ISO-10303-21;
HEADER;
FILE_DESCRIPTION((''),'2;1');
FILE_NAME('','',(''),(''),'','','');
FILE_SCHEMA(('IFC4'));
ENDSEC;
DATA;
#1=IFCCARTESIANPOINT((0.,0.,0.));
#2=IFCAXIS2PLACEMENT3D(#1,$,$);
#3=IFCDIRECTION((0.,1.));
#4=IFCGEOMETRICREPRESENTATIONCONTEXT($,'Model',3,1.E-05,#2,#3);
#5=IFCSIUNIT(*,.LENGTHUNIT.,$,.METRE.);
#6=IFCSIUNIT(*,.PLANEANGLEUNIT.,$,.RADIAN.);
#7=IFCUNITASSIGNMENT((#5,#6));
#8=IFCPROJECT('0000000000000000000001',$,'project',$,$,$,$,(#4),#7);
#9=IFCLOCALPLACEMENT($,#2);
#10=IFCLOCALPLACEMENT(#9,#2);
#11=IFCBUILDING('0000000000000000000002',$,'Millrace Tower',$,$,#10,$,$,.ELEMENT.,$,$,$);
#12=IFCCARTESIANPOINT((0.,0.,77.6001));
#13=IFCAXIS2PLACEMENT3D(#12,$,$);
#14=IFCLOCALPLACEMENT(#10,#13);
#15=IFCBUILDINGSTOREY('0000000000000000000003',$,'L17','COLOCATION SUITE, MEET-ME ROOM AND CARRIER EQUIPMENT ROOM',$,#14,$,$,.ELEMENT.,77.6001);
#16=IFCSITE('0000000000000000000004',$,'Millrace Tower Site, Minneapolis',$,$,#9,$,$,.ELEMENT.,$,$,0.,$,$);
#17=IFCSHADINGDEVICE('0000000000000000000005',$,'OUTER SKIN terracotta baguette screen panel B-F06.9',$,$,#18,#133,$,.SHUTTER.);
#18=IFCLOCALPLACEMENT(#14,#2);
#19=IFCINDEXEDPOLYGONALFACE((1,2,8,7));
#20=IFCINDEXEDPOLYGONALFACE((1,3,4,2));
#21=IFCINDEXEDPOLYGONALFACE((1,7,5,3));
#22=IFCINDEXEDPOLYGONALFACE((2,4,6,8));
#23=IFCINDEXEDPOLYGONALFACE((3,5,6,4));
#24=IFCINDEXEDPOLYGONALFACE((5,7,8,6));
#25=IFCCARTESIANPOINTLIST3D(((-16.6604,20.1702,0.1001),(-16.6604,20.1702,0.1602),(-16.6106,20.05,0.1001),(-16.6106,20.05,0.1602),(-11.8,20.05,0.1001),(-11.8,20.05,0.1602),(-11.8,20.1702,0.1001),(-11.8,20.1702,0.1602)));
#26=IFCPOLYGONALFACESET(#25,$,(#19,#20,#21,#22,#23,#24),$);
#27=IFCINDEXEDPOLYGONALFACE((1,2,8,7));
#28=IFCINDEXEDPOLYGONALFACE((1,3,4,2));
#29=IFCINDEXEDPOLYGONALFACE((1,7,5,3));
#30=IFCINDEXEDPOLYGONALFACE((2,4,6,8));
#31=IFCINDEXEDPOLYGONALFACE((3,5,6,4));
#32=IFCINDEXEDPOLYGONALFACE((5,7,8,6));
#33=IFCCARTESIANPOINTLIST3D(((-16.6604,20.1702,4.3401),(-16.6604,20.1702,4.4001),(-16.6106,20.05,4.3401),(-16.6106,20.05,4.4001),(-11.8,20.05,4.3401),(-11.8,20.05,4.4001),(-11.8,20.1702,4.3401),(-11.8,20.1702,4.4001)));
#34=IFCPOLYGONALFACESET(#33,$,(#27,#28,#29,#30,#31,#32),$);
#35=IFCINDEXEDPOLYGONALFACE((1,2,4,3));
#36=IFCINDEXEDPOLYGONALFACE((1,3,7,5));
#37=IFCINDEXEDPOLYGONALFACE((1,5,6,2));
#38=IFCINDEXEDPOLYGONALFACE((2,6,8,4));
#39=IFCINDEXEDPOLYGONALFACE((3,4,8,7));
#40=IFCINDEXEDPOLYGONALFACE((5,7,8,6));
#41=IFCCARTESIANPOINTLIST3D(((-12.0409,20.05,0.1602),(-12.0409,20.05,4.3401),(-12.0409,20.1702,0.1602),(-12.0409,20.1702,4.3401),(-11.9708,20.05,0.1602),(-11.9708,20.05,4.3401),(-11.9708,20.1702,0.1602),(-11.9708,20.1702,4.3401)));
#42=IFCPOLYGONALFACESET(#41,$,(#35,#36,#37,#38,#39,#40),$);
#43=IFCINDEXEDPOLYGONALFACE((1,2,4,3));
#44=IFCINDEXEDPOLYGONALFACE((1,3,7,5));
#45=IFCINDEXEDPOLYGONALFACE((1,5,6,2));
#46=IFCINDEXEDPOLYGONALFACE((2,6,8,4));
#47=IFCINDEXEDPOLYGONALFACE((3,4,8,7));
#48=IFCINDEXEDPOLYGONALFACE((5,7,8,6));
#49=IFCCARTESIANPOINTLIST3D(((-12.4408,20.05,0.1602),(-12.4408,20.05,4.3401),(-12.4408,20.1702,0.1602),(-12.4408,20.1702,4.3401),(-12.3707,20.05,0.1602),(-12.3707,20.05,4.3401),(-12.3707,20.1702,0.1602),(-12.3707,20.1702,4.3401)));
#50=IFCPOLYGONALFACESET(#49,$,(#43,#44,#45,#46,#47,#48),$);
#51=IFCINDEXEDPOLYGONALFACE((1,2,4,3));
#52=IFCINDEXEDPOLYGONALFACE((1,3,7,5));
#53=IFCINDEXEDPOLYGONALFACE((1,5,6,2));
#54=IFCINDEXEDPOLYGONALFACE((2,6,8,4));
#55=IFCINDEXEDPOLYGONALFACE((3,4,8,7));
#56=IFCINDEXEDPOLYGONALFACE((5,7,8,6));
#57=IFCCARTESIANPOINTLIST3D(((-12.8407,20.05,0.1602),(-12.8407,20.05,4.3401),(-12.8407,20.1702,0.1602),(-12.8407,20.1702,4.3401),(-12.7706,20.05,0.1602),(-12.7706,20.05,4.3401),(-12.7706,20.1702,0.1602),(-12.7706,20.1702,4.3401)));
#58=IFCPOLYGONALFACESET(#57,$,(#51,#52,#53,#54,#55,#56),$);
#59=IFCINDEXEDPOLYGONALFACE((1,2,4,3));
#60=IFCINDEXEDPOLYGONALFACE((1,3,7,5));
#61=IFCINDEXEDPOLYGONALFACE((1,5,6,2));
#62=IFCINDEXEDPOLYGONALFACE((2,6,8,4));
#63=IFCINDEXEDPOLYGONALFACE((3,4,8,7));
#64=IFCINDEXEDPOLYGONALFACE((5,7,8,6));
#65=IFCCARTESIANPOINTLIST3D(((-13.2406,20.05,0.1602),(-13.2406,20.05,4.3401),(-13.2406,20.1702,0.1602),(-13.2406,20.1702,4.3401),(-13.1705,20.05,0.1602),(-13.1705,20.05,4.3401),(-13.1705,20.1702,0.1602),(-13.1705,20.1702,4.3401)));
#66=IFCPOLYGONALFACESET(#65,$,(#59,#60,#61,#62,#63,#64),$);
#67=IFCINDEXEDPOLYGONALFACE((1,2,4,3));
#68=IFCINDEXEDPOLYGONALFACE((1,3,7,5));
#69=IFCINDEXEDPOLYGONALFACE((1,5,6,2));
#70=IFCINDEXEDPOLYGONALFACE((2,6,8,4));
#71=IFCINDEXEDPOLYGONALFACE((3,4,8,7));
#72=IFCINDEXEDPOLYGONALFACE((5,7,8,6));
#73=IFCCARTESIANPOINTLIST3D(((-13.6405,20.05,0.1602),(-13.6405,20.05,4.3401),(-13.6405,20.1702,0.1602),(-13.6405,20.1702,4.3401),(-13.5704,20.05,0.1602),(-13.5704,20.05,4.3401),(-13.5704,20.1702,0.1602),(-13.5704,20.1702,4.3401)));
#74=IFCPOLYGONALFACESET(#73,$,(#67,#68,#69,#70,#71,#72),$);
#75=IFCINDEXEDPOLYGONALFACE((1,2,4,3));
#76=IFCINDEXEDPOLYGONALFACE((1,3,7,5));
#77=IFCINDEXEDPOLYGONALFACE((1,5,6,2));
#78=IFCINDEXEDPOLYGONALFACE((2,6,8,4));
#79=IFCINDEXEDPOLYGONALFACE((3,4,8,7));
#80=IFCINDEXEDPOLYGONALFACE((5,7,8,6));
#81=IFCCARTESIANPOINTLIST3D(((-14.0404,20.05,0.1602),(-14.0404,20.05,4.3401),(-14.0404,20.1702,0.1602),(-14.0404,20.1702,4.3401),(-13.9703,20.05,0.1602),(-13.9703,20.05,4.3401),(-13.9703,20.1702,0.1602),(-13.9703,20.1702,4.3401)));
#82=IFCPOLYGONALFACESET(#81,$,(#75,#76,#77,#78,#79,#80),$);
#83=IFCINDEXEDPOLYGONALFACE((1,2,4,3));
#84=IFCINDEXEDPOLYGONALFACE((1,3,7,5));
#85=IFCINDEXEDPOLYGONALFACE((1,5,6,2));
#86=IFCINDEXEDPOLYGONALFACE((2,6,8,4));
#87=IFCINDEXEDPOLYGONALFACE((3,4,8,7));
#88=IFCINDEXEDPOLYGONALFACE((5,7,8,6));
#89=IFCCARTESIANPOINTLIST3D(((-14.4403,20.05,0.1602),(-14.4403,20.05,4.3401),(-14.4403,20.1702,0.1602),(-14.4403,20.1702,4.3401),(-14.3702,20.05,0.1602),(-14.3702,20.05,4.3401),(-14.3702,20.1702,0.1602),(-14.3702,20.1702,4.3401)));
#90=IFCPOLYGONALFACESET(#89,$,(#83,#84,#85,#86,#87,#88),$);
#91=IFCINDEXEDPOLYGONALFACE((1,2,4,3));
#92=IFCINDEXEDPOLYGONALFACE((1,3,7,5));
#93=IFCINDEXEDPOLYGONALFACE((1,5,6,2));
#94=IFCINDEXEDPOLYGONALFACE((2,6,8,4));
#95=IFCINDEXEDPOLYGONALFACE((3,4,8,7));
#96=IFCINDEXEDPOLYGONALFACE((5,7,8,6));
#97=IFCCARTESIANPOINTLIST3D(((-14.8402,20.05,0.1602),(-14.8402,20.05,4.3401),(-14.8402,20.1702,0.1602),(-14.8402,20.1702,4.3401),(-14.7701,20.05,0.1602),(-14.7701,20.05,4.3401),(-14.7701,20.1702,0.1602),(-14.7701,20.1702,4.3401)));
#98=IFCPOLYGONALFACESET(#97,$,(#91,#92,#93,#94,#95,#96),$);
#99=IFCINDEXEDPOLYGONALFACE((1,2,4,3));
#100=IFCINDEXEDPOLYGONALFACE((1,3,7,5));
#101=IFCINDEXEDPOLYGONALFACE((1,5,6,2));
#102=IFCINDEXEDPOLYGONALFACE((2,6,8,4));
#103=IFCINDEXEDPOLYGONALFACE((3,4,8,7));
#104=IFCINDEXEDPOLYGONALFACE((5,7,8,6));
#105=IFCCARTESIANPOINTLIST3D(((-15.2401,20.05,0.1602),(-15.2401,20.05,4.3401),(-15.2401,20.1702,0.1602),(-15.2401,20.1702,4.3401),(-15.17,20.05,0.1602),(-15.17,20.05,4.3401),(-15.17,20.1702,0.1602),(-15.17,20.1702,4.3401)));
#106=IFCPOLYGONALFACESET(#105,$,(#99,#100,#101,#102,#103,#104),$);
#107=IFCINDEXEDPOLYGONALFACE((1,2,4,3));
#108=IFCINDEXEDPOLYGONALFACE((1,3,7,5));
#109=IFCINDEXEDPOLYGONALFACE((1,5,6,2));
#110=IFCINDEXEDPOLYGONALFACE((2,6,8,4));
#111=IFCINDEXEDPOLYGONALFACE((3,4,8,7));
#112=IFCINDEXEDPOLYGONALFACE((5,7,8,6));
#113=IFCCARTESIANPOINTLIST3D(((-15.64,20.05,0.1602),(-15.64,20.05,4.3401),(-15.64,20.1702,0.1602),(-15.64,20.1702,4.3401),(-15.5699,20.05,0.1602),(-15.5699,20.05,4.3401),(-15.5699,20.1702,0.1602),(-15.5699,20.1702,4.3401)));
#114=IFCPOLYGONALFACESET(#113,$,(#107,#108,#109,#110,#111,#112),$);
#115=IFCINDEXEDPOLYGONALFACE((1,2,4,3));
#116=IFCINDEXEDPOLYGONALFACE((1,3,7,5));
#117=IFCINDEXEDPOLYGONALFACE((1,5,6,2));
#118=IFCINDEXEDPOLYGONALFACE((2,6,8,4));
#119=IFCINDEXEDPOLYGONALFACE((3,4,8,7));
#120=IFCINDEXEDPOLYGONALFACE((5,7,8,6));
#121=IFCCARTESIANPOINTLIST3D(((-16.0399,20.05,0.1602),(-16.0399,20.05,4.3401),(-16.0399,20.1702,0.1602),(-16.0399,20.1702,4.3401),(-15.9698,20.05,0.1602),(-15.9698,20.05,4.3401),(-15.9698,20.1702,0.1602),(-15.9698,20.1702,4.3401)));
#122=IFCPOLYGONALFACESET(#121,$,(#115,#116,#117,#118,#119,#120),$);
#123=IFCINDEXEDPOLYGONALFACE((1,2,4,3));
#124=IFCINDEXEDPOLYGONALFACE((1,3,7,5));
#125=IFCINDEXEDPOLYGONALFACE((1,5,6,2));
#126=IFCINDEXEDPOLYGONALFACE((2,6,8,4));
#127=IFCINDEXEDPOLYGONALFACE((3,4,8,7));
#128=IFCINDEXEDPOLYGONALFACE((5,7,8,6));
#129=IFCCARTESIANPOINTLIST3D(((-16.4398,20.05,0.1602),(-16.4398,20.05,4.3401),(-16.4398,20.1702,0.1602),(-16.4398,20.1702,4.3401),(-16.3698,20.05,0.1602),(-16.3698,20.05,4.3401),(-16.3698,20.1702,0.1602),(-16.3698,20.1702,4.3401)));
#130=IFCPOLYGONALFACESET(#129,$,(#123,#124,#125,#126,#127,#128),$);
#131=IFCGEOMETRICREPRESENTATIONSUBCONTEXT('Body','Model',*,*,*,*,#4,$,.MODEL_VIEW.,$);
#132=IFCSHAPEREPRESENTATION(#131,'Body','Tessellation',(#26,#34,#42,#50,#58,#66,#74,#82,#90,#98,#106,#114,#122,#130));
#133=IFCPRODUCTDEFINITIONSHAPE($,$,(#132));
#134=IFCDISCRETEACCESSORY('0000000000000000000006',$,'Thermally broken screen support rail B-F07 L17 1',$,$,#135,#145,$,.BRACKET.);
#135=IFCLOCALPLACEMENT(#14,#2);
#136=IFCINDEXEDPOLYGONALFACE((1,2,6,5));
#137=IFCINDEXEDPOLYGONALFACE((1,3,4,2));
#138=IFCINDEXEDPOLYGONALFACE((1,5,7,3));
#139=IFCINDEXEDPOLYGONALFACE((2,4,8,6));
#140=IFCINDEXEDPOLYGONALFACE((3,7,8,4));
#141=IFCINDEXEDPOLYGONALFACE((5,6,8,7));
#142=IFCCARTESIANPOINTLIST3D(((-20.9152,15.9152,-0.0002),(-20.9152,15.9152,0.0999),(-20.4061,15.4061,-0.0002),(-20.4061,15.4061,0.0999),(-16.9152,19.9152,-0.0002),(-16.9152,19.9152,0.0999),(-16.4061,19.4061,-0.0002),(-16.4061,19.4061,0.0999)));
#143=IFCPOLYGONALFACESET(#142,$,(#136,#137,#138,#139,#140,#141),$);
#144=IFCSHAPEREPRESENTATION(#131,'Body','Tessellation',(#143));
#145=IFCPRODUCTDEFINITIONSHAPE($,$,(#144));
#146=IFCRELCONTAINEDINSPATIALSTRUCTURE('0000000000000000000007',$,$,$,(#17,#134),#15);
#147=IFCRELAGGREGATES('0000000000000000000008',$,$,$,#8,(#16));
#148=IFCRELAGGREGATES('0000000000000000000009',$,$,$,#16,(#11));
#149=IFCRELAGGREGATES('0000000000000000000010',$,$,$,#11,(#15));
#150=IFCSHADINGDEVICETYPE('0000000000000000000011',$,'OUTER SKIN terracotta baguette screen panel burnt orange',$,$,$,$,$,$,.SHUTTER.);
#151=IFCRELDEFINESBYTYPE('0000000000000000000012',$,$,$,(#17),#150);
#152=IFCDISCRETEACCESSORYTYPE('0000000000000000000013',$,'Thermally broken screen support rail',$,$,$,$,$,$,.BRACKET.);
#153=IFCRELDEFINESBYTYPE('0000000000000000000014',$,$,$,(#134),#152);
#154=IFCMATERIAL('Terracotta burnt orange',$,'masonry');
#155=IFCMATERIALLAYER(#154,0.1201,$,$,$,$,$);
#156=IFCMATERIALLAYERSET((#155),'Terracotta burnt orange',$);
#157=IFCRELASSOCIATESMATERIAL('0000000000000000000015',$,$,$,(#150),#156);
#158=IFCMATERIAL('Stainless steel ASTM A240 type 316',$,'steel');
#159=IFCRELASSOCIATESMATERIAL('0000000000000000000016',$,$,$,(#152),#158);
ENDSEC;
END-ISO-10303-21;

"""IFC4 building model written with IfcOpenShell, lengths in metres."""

from ifc_helpers import new_model, entity, si_unit, direction, frame, frame_2d, origin, origin_2d, place, context, subcontext, project, spatial, rectangle, extrude, source, transform, mapped, material, layer, layer_set, type_object, element, save


model = new_model("IFC4")

# Units and contexts
model_context = context("Model", 3, precision=1e-05, world=origin(), true_north=direction((0.0, 1.0)))
body_context = subcontext(model_context, "Body", "Model", "MODEL_VIEW")
ifc_project = project(units=[si_unit("LENGTHUNIT", "METRE"), si_unit("PLANEANGLEUNIT", "RADIAN")], contexts=[model_context])

# Site, building, storey
site_placement = place(None, origin())
site = spatial("IfcSite", under=ifc_project, at=site_placement, Name="Millrace Tower Site, Minneapolis", CompositionType="ELEMENT", RefElevation=0.0)
building_placement = place(site_placement, origin())
building = spatial("IfcBuilding", under=site, at=building_placement, Name="Millrace Tower", CompositionType="ELEMENT")
storey_placement = place(building_placement, frame((0.0, 0.0, 77.6001)))
storey = spatial("IfcBuildingStorey", under=building, at=storey_placement, Name="L17", Description="COLOCATION SUITE, MEET-ME ROOM AND CARRIER EQUIPMENT ROOM", CompositionType="ELEMENT", Elevation=77.6001)

# Shading device
ifc_material_1 = material(Name="Terracotta burnt orange", Category="masonry")
ifc_layer_1 = layer(ifc_material_1, 0.1201)
ifc_layer_set_1 = layer_set([ifc_layer_1], Name="Terracotta burnt orange")
shading_device_type = type_object("IfcShadingDeviceType", Name="OUTER SKIN terracotta baguette screen panel burnt orange", PredefinedType="SHUTTER", material=ifc_layer_set_1)
cartesian_point_1 = entity("IfcCartesianPoint", [-2.4177, 0.0601])
shared_polyline_1 = entity("IfcPolyline", [cartesian_point_1, entity("IfcCartesianPoint", [2.3928, 0.0601]), entity("IfcCartesianPoint", [2.4426, -0.0601]), entity("IfcCartesianPoint", [-2.4177, -0.0601]), cartesian_point_1])
shared_shape_1 = source(origin(), body_context, "Body", "SweptSolid", [
    entity("IfcExtrudedAreaSolid", entity("IfcArbitraryClosedProfileDef", "AREA", None, shared_polyline_1), entity("IfcAxis2Placement3D", entity("IfcCartesianPoint", [0.0, 0.0, 0.0])), entity("IfcDirection", [0.0, 0.0, 1.0]), 0.0601),
    entity("IfcExtrudedAreaSolid", entity("IfcArbitraryClosedProfileDef", "AREA", None, shared_polyline_1), entity("IfcAxis2Placement3D", entity("IfcCartesianPoint", [0.0, 0.0, 4.24])), entity("IfcDirection", [0.0, 0.0, 1.0]), 0.0601),
    extrude(rectangle(XDim=0.0701, YDim=0.1201, at=frame_2d((-2.2119, 0.0))), frame((0.0, 0.0, 0.0601)), (0.0, 0.0, 1.0), 4.1799),
    extrude(rectangle(XDim=0.0701, YDim=0.1201, at=frame_2d((-1.812, 0.0))), frame((0.0, 0.0, 0.0601)), (0.0, 0.0, 1.0), 4.1799),
    extrude(rectangle(XDim=0.0701, YDim=0.1201, at=frame_2d((-1.4121, 0.0))), frame((0.0, 0.0, 0.0601)), (0.0, 0.0, 1.0), 4.1799),
    extrude(rectangle(XDim=0.0701, YDim=0.1201, at=frame_2d((-1.0122, 0.0))), frame((0.0, 0.0, 0.0601)), (0.0, 0.0, 1.0), 4.1799),
    extrude(rectangle(XDim=0.0701, YDim=0.1201, at=frame_2d((-0.6123, 0.0))), frame((0.0, 0.0, 0.0601)), (0.0, 0.0, 1.0), 4.1799),
    extrude(rectangle(XDim=0.0701, YDim=0.1201, at=frame_2d((-0.2124, 0.0))), frame((0.0, 0.0, 0.0601)), (0.0, 0.0, 1.0), 4.1799),
    extrude(rectangle(XDim=0.0701, YDim=0.1201, at=frame_2d((0.1875, 0.0))), frame((0.0, 0.0, 0.0601)), (0.0, 0.0, 1.0), 4.1799),
    extrude(rectangle(XDim=0.0701, YDim=0.1201, at=frame_2d((0.5874, 0.0))), frame((0.0, 0.0, 0.0601)), (0.0, 0.0, 1.0), 4.1799),
    extrude(rectangle(XDim=0.0701, YDim=0.1201, at=frame_2d((0.9873, 0.0))), frame((0.0, 0.0, 0.0601)), (0.0, 0.0, 1.0), 4.1799),
    extrude(rectangle(XDim=0.0701, YDim=0.1201, at=frame_2d((1.3872, 0.0))), frame((0.0, 0.0, 0.0601)), (0.0, 0.0, 1.0), 4.1799),
    extrude(rectangle(XDim=0.0701, YDim=0.1201, at=frame_2d((1.7871, 0.0))), frame((0.0, 0.0, 0.0601)), (0.0, 0.0, 1.0), 4.1799),
    extrude(rectangle(XDim=0.0701, YDim=0.1201, at=frame_2d((2.187, 0.0))), frame((0.0, 0.0, 0.0601)), (0.0, 0.0, 1.0), 4.1799),
])
shading_device_1_placement = place(storey_placement, frame((-14.2178, 20.1101, 0.1001), z_axis=(0.0, 0.0, 1.0), x_axis=(-1.0, 0.0, 0.0)))
element("IfcShadingDevice", 1, at=shading_device_1_placement, inside=storey, type_object=shading_device_type, Name="OUTER SKIN terracotta baguette screen panel B-F06.9", PredefinedType="SHUTTER", context=body_context, shape_type="MappedRepresentation", body=[
    mapped(shared_shape_1, transform((0.0, 0.0, 0.0), scale=1.0)),
])

# Discrete accessory
ifc_material_2 = material(Name="Stainless steel ASTM A240 type 316", Category="steel")
discrete_accessory_type = type_object("IfcDiscreteAccessoryType", Name="Thermally broken screen support rail", PredefinedType="BRACKET", material=ifc_material_2)
discrete_accessory_placement = place(storey_placement, frame((-18.6606, 17.6606, -0.0002), z_axis=(0.0, 0.0, 1.0), x_axis=(-0.707107, -0.707107, 0.0)))
element("IfcDiscreteAccessory", 2, at=discrete_accessory_placement, inside=storey, type_object=discrete_accessory_type, Name="Thermally broken screen support rail B-F07 L17 1", PredefinedType="BRACKET", context=body_context, shape_type="SweptSolid", body=[
    extrude(rectangle(XDim=5.6567, YDim=0.72, at=origin_2d()), origin(), (0.0, 0.0, 1.0), 0.1001),
])

save(model, "model.ifc")
